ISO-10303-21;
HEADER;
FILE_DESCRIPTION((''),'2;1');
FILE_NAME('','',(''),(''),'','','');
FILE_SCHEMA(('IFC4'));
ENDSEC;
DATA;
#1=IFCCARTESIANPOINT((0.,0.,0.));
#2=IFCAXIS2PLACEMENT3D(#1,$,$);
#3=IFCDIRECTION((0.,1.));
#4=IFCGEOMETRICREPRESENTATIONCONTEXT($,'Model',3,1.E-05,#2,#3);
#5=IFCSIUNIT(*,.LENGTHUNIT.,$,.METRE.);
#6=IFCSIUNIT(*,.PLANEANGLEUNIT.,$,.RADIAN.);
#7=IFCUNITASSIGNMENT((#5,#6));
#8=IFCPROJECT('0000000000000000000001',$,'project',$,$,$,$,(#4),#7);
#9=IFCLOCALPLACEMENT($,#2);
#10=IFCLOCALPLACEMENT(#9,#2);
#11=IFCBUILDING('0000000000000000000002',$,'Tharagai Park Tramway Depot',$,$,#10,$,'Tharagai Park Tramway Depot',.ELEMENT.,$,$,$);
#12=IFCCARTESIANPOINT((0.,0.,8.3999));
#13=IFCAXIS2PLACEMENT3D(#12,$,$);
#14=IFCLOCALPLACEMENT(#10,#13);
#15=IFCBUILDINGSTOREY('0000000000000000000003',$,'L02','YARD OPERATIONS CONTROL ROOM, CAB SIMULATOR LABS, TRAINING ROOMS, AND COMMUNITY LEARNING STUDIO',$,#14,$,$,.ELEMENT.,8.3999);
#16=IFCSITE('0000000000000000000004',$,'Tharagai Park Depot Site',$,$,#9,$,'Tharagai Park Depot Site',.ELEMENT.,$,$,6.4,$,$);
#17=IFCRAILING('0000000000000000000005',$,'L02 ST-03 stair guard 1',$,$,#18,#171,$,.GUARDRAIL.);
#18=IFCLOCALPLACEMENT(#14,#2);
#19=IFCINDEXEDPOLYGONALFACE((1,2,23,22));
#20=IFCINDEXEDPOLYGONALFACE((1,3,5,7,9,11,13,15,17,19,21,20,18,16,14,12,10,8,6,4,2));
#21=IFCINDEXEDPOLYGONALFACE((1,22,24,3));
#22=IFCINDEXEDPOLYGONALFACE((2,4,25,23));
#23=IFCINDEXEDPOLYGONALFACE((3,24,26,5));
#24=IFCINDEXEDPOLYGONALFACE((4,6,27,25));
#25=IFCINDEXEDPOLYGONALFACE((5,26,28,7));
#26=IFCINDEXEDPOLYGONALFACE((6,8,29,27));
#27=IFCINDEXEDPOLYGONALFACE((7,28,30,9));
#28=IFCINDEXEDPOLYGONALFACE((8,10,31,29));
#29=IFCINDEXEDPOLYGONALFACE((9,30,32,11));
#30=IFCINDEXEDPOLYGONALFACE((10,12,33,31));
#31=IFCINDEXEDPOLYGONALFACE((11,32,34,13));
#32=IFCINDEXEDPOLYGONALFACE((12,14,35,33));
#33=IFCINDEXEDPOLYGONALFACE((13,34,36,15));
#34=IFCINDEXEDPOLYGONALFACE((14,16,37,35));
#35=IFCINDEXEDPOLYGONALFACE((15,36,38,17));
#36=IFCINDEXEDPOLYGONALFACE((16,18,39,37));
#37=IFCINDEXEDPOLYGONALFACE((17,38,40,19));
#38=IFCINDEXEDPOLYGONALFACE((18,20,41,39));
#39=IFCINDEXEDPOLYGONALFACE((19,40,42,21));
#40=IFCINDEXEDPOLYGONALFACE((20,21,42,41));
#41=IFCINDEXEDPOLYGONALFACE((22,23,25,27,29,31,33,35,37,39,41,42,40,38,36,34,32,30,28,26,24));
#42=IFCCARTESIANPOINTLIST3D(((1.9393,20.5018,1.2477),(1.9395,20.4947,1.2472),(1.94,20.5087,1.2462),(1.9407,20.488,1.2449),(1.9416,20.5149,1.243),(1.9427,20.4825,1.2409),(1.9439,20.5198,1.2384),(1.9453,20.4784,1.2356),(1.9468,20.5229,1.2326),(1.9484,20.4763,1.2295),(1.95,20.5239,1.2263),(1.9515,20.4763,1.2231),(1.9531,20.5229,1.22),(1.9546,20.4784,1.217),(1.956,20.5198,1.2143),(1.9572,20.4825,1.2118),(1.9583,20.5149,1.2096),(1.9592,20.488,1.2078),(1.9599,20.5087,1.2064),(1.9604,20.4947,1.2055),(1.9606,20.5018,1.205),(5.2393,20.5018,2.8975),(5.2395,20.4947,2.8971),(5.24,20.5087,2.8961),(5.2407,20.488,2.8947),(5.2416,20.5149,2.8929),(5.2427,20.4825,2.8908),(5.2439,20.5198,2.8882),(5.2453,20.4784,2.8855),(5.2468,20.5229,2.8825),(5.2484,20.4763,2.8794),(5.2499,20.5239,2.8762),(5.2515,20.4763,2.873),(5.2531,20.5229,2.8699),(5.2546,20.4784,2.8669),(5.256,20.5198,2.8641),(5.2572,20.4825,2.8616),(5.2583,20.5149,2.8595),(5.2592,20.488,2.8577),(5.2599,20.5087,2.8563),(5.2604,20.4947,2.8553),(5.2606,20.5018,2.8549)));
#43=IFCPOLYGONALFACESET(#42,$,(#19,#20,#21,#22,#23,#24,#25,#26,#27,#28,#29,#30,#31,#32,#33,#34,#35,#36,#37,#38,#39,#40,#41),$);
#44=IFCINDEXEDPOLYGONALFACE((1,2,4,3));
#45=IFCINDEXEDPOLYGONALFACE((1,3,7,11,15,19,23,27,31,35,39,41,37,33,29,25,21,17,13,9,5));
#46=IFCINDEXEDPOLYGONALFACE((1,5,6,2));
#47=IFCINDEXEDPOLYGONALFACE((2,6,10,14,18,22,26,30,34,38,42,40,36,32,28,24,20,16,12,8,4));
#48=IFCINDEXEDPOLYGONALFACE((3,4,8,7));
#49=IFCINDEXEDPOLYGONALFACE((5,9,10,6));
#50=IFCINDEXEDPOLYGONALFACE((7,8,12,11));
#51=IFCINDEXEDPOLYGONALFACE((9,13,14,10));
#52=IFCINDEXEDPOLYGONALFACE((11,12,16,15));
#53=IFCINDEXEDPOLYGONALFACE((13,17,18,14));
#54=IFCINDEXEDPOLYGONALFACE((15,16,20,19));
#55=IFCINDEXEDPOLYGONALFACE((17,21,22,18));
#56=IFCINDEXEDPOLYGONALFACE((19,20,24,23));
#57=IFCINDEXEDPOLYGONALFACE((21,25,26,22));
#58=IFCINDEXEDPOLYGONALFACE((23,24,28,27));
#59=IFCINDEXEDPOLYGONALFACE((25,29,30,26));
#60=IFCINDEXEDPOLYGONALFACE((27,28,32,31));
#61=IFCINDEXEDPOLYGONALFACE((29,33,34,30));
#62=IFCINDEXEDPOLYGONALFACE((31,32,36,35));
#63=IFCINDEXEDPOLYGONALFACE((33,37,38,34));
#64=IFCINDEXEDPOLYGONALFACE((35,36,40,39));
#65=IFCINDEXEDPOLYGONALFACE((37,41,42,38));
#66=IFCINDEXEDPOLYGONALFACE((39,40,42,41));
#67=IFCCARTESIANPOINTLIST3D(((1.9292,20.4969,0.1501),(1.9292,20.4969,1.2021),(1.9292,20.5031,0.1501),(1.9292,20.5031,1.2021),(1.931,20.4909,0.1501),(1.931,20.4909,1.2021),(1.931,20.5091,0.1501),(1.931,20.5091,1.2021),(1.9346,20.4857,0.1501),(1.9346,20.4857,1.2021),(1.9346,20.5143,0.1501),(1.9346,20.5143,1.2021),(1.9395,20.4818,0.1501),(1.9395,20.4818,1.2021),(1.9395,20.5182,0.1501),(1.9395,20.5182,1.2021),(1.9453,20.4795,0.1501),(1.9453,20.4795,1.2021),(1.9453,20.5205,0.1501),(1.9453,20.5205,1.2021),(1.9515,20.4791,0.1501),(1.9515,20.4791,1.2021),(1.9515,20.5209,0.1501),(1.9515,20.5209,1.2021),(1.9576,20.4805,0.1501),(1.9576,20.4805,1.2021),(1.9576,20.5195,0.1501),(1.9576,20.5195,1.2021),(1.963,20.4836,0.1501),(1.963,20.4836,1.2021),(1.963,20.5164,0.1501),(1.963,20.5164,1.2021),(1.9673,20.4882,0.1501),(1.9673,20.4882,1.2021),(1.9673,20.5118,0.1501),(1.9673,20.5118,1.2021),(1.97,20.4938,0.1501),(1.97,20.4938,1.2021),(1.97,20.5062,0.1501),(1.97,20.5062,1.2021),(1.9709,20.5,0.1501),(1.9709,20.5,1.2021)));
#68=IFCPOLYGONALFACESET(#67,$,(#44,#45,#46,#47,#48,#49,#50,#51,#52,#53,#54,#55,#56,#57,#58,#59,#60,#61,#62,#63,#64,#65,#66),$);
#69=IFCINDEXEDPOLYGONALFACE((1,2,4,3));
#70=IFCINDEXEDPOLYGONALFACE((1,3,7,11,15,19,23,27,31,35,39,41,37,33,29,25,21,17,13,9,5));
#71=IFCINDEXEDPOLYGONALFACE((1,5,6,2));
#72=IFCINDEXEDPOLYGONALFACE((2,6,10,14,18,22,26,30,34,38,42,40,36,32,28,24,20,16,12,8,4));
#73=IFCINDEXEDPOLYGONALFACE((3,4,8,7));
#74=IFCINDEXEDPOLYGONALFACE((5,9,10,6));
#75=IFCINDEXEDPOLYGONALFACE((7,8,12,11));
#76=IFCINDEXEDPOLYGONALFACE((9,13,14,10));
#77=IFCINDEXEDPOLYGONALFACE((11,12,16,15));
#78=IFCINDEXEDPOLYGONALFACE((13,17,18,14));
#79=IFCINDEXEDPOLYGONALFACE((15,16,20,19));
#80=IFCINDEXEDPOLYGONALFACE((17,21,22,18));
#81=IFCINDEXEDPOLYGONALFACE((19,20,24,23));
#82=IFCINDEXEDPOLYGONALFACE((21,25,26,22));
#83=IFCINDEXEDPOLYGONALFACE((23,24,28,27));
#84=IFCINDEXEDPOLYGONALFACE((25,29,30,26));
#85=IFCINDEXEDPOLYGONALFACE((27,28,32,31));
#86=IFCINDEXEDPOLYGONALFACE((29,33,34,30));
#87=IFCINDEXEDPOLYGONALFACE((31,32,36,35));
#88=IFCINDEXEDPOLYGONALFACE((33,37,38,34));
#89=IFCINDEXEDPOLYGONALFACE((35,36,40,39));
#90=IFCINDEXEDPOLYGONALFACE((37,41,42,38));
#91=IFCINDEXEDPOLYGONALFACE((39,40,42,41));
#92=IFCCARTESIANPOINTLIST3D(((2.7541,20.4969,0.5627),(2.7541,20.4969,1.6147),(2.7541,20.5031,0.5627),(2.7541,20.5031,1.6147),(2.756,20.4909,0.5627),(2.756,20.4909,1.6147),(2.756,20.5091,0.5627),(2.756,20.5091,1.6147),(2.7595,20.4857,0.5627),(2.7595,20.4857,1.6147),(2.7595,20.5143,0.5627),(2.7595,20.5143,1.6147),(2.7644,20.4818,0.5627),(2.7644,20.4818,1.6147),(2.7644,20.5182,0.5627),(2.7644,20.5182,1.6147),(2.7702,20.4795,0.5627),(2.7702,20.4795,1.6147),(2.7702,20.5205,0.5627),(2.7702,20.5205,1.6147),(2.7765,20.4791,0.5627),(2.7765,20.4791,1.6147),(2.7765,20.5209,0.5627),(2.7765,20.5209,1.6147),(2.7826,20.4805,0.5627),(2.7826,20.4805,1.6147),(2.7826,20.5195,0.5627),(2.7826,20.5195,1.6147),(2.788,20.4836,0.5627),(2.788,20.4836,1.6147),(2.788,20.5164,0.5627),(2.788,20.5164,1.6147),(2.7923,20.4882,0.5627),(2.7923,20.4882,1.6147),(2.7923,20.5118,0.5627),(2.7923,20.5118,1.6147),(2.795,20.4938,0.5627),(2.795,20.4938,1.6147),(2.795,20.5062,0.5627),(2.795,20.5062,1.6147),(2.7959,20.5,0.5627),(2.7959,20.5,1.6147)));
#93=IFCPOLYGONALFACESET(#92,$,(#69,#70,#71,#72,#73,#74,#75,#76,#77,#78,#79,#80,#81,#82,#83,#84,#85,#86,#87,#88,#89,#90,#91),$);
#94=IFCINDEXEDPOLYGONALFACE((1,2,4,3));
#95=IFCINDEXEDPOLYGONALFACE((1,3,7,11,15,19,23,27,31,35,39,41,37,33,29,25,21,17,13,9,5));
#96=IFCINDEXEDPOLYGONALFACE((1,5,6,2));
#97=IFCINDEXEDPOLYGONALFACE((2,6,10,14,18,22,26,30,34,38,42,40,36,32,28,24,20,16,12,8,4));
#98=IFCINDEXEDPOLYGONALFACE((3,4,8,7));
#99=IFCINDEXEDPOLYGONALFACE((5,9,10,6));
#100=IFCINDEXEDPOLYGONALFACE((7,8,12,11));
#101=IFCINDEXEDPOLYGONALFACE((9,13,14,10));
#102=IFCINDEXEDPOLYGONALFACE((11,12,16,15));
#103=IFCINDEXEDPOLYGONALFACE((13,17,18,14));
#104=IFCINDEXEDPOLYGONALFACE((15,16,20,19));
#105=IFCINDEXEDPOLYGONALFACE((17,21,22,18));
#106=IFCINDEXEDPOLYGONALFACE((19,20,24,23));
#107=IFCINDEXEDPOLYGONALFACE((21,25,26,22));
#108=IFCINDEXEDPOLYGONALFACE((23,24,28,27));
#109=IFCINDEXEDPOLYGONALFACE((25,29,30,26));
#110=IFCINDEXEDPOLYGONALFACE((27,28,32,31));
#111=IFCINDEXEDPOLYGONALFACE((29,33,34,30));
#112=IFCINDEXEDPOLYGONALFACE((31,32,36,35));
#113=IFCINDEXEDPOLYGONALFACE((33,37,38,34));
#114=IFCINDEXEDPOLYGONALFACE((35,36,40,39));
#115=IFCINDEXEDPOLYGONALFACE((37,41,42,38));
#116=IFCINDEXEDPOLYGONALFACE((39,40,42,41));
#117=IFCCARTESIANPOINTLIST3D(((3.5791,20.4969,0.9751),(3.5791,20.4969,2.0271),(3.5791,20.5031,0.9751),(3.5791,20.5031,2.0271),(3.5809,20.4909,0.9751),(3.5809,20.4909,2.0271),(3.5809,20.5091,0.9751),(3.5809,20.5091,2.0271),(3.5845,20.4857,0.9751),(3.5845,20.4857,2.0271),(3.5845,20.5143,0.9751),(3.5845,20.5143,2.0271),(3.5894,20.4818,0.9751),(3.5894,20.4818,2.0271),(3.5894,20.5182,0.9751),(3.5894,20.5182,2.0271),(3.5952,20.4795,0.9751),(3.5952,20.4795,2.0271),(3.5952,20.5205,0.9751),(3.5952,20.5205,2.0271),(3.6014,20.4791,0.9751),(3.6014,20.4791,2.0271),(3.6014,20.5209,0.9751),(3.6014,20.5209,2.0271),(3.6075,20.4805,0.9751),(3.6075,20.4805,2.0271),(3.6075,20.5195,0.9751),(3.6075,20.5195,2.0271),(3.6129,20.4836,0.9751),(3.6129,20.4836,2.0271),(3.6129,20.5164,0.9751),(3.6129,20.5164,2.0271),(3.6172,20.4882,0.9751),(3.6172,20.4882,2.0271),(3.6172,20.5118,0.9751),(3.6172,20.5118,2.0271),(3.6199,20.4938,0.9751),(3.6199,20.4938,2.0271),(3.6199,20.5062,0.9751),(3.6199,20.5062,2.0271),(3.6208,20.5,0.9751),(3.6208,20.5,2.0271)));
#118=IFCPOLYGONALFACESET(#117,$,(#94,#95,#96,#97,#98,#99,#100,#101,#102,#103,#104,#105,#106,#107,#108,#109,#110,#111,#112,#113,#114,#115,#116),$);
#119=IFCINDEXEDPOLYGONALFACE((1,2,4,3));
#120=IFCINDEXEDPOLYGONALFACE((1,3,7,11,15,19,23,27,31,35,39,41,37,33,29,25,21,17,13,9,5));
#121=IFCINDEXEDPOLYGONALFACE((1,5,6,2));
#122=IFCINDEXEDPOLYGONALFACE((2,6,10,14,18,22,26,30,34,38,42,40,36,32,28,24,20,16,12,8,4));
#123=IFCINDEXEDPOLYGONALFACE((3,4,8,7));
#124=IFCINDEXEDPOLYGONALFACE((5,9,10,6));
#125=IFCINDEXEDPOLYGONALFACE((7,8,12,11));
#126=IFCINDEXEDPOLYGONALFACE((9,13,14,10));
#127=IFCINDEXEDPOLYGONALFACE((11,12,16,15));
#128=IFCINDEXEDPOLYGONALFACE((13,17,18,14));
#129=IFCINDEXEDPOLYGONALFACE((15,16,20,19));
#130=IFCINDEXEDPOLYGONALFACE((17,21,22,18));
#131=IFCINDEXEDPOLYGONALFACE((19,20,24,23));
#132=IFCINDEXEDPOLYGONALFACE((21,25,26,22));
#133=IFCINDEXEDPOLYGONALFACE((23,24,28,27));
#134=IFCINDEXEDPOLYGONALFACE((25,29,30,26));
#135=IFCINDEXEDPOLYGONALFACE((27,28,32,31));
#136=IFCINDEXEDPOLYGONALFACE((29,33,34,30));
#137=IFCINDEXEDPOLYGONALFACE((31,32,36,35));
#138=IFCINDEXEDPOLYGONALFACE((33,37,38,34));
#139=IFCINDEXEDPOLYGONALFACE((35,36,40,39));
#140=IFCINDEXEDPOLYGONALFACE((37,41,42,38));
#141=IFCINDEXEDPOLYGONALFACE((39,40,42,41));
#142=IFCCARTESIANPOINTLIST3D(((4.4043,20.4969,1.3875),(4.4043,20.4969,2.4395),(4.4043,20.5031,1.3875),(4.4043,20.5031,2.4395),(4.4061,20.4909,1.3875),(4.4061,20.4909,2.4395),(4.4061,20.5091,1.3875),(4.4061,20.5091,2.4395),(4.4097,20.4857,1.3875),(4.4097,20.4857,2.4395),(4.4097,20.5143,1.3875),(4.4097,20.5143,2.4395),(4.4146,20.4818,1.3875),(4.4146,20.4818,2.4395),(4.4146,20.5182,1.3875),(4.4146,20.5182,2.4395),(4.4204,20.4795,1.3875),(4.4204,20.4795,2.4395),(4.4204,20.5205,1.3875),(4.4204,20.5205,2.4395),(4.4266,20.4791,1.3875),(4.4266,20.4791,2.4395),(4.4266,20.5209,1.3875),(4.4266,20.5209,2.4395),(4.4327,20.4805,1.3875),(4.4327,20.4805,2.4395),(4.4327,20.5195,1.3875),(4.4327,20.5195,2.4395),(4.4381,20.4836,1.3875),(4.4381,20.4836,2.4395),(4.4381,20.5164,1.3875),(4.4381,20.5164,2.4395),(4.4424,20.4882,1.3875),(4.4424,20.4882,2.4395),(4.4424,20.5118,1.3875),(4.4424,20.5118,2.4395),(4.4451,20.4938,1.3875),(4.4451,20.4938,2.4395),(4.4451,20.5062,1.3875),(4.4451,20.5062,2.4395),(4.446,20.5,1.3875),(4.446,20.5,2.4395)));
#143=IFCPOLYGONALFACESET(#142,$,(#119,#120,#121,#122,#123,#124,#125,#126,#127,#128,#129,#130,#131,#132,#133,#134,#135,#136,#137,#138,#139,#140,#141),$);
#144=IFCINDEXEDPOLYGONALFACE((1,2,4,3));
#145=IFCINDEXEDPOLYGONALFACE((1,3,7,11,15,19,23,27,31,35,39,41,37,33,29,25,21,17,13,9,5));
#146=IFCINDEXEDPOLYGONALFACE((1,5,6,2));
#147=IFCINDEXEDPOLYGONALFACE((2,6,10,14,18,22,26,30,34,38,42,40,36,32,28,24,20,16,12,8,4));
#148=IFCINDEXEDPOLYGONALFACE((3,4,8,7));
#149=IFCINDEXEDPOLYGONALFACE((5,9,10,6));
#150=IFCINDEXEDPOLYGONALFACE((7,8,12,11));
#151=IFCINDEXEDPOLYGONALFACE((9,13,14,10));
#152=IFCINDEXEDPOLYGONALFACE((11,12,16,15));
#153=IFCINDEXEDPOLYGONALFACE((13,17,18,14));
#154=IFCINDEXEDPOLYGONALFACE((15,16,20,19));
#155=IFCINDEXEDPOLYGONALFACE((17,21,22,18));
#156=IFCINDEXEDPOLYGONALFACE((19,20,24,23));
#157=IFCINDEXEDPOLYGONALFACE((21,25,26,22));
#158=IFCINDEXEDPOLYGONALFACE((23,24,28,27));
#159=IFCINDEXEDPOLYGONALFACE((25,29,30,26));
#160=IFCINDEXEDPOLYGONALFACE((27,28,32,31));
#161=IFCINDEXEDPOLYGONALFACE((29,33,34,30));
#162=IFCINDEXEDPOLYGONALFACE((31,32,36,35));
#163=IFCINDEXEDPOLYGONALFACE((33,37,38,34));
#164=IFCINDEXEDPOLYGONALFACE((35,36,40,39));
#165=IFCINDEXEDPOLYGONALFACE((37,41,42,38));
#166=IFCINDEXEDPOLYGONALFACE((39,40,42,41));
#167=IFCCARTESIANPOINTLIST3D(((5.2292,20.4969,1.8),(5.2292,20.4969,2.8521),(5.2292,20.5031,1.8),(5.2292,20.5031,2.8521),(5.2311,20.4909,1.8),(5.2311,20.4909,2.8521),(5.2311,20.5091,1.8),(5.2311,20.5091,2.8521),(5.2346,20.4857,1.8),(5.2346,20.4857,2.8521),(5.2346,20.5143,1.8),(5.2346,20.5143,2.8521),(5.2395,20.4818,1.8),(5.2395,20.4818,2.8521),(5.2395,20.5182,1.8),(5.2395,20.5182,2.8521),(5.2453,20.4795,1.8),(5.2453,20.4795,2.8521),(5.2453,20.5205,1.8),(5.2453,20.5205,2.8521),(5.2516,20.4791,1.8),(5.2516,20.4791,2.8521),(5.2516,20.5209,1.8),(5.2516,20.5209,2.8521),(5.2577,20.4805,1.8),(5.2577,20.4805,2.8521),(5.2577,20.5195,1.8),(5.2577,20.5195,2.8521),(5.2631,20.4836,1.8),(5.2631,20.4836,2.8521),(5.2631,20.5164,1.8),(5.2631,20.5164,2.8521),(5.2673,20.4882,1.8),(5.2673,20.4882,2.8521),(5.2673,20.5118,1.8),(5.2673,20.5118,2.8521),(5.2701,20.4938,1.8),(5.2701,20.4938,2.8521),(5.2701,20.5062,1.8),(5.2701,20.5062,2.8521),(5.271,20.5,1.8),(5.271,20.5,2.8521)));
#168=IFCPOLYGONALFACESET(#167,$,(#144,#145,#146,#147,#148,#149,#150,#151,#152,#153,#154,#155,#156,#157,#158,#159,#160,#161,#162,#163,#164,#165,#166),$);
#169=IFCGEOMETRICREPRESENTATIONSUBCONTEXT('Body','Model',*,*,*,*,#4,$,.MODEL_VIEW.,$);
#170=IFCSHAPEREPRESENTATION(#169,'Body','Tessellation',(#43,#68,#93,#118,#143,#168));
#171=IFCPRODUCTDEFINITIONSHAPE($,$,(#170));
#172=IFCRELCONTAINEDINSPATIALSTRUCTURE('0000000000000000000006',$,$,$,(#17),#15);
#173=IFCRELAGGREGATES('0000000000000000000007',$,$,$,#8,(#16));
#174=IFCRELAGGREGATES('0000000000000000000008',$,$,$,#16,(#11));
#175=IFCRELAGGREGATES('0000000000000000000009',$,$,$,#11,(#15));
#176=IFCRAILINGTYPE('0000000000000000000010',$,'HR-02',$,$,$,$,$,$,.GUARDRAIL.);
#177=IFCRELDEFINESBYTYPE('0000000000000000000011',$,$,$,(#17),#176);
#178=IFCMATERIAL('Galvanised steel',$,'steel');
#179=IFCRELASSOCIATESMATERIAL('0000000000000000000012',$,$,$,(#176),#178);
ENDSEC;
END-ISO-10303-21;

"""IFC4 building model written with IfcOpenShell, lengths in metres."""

from ifc_helpers import new_model, si_unit, direction, frame, origin, origin_2d, place, context, subcontext, project, spatial, circle, extrude, material, type_object, element, save


model = new_model("IFC4")

# Units and contexts
model_context = context("Model", 3, precision=1e-05, world=origin(), true_north=direction((0.0, 1.0)))
body_context = subcontext(model_context, "Body", "Model", "MODEL_VIEW")
ifc_project = project(units=[si_unit("LENGTHUNIT", "METRE"), si_unit("PLANEANGLEUNIT", "RADIAN")], contexts=[model_context])

# Site, building, storey
site_placement = place(None, origin())
site = spatial("IfcSite", under=ifc_project, at=site_placement, Name="Tharagai Park Depot Site", LongName="Tharagai Park Depot Site", CompositionType="ELEMENT", RefElevation=6.4)
building_placement = place(site_placement, origin())
building = spatial("IfcBuilding", under=site, at=building_placement, Name="Tharagai Park Tramway Depot", LongName="Tharagai Park Tramway Depot", CompositionType="ELEMENT")
storey_placement = place(building_placement, frame((0.0, 0.0, 8.3999)))
storey = spatial("IfcBuildingStorey", under=building, at=storey_placement, Name="L02", Description="YARD OPERATIONS CONTROL ROOM, CAB SIMULATOR LABS, TRAINING ROOMS, AND COMMUNITY LEARNING STUDIO", CompositionType="ELEMENT", Elevation=8.3999)

# Shared definitions
ifc_material_1 = material(Name="Galvanised steel", Category="steel")

# Railing
railing_type_1 = type_object("IfcRailingType", Name="HR-02", PredefinedType="GUARDRAIL", material=ifc_material_1)
railing_1_placement = place(storey_placement, frame((1.95, 20.5, 0.1501)))
element("IfcRailing", 1, at=railing_1_placement, inside=storey, type_object=railing_type_1, Name="L02 ST-03 stair guard 1", PredefinedType="GUARDRAIL", context=body_context, shape_type="SweptSolid", body=[
    extrude(circle(Radius=0.0239, at=origin_2d()), frame((0.0, 0.0, 1.0762), z_axis=(0.89444, 0.0, 0.447187), x_axis=(0.0, 1.0, 0.0)), (0.0, 0.0, 1.0), 3.6895),
    extrude(circle(Radius=0.021, at=origin_2d()), origin(), (0.0, 0.0, 1.0), 1.052),
    extrude(circle(Radius=0.021, at=origin_2d()), frame((0.825, 0.0, 0.4126)), (0.0, 0.0, 1.0), 1.052),
    extrude(circle(Radius=0.021, at=origin_2d()), frame((1.6499, 0.0, 0.825)), (0.0, 0.0, 1.0), 1.052),
    extrude(circle(Radius=0.021, at=origin_2d()), frame((2.4751, 0.0, 1.2373)), (0.0, 0.0, 1.0), 1.052),
    extrude(circle(Radius=0.021, at=origin_2d()), frame((3.3, 0.0, 1.6499)), (0.0, 0.0, 1.0), 1.052),
])

save(model, "model.ifc")
